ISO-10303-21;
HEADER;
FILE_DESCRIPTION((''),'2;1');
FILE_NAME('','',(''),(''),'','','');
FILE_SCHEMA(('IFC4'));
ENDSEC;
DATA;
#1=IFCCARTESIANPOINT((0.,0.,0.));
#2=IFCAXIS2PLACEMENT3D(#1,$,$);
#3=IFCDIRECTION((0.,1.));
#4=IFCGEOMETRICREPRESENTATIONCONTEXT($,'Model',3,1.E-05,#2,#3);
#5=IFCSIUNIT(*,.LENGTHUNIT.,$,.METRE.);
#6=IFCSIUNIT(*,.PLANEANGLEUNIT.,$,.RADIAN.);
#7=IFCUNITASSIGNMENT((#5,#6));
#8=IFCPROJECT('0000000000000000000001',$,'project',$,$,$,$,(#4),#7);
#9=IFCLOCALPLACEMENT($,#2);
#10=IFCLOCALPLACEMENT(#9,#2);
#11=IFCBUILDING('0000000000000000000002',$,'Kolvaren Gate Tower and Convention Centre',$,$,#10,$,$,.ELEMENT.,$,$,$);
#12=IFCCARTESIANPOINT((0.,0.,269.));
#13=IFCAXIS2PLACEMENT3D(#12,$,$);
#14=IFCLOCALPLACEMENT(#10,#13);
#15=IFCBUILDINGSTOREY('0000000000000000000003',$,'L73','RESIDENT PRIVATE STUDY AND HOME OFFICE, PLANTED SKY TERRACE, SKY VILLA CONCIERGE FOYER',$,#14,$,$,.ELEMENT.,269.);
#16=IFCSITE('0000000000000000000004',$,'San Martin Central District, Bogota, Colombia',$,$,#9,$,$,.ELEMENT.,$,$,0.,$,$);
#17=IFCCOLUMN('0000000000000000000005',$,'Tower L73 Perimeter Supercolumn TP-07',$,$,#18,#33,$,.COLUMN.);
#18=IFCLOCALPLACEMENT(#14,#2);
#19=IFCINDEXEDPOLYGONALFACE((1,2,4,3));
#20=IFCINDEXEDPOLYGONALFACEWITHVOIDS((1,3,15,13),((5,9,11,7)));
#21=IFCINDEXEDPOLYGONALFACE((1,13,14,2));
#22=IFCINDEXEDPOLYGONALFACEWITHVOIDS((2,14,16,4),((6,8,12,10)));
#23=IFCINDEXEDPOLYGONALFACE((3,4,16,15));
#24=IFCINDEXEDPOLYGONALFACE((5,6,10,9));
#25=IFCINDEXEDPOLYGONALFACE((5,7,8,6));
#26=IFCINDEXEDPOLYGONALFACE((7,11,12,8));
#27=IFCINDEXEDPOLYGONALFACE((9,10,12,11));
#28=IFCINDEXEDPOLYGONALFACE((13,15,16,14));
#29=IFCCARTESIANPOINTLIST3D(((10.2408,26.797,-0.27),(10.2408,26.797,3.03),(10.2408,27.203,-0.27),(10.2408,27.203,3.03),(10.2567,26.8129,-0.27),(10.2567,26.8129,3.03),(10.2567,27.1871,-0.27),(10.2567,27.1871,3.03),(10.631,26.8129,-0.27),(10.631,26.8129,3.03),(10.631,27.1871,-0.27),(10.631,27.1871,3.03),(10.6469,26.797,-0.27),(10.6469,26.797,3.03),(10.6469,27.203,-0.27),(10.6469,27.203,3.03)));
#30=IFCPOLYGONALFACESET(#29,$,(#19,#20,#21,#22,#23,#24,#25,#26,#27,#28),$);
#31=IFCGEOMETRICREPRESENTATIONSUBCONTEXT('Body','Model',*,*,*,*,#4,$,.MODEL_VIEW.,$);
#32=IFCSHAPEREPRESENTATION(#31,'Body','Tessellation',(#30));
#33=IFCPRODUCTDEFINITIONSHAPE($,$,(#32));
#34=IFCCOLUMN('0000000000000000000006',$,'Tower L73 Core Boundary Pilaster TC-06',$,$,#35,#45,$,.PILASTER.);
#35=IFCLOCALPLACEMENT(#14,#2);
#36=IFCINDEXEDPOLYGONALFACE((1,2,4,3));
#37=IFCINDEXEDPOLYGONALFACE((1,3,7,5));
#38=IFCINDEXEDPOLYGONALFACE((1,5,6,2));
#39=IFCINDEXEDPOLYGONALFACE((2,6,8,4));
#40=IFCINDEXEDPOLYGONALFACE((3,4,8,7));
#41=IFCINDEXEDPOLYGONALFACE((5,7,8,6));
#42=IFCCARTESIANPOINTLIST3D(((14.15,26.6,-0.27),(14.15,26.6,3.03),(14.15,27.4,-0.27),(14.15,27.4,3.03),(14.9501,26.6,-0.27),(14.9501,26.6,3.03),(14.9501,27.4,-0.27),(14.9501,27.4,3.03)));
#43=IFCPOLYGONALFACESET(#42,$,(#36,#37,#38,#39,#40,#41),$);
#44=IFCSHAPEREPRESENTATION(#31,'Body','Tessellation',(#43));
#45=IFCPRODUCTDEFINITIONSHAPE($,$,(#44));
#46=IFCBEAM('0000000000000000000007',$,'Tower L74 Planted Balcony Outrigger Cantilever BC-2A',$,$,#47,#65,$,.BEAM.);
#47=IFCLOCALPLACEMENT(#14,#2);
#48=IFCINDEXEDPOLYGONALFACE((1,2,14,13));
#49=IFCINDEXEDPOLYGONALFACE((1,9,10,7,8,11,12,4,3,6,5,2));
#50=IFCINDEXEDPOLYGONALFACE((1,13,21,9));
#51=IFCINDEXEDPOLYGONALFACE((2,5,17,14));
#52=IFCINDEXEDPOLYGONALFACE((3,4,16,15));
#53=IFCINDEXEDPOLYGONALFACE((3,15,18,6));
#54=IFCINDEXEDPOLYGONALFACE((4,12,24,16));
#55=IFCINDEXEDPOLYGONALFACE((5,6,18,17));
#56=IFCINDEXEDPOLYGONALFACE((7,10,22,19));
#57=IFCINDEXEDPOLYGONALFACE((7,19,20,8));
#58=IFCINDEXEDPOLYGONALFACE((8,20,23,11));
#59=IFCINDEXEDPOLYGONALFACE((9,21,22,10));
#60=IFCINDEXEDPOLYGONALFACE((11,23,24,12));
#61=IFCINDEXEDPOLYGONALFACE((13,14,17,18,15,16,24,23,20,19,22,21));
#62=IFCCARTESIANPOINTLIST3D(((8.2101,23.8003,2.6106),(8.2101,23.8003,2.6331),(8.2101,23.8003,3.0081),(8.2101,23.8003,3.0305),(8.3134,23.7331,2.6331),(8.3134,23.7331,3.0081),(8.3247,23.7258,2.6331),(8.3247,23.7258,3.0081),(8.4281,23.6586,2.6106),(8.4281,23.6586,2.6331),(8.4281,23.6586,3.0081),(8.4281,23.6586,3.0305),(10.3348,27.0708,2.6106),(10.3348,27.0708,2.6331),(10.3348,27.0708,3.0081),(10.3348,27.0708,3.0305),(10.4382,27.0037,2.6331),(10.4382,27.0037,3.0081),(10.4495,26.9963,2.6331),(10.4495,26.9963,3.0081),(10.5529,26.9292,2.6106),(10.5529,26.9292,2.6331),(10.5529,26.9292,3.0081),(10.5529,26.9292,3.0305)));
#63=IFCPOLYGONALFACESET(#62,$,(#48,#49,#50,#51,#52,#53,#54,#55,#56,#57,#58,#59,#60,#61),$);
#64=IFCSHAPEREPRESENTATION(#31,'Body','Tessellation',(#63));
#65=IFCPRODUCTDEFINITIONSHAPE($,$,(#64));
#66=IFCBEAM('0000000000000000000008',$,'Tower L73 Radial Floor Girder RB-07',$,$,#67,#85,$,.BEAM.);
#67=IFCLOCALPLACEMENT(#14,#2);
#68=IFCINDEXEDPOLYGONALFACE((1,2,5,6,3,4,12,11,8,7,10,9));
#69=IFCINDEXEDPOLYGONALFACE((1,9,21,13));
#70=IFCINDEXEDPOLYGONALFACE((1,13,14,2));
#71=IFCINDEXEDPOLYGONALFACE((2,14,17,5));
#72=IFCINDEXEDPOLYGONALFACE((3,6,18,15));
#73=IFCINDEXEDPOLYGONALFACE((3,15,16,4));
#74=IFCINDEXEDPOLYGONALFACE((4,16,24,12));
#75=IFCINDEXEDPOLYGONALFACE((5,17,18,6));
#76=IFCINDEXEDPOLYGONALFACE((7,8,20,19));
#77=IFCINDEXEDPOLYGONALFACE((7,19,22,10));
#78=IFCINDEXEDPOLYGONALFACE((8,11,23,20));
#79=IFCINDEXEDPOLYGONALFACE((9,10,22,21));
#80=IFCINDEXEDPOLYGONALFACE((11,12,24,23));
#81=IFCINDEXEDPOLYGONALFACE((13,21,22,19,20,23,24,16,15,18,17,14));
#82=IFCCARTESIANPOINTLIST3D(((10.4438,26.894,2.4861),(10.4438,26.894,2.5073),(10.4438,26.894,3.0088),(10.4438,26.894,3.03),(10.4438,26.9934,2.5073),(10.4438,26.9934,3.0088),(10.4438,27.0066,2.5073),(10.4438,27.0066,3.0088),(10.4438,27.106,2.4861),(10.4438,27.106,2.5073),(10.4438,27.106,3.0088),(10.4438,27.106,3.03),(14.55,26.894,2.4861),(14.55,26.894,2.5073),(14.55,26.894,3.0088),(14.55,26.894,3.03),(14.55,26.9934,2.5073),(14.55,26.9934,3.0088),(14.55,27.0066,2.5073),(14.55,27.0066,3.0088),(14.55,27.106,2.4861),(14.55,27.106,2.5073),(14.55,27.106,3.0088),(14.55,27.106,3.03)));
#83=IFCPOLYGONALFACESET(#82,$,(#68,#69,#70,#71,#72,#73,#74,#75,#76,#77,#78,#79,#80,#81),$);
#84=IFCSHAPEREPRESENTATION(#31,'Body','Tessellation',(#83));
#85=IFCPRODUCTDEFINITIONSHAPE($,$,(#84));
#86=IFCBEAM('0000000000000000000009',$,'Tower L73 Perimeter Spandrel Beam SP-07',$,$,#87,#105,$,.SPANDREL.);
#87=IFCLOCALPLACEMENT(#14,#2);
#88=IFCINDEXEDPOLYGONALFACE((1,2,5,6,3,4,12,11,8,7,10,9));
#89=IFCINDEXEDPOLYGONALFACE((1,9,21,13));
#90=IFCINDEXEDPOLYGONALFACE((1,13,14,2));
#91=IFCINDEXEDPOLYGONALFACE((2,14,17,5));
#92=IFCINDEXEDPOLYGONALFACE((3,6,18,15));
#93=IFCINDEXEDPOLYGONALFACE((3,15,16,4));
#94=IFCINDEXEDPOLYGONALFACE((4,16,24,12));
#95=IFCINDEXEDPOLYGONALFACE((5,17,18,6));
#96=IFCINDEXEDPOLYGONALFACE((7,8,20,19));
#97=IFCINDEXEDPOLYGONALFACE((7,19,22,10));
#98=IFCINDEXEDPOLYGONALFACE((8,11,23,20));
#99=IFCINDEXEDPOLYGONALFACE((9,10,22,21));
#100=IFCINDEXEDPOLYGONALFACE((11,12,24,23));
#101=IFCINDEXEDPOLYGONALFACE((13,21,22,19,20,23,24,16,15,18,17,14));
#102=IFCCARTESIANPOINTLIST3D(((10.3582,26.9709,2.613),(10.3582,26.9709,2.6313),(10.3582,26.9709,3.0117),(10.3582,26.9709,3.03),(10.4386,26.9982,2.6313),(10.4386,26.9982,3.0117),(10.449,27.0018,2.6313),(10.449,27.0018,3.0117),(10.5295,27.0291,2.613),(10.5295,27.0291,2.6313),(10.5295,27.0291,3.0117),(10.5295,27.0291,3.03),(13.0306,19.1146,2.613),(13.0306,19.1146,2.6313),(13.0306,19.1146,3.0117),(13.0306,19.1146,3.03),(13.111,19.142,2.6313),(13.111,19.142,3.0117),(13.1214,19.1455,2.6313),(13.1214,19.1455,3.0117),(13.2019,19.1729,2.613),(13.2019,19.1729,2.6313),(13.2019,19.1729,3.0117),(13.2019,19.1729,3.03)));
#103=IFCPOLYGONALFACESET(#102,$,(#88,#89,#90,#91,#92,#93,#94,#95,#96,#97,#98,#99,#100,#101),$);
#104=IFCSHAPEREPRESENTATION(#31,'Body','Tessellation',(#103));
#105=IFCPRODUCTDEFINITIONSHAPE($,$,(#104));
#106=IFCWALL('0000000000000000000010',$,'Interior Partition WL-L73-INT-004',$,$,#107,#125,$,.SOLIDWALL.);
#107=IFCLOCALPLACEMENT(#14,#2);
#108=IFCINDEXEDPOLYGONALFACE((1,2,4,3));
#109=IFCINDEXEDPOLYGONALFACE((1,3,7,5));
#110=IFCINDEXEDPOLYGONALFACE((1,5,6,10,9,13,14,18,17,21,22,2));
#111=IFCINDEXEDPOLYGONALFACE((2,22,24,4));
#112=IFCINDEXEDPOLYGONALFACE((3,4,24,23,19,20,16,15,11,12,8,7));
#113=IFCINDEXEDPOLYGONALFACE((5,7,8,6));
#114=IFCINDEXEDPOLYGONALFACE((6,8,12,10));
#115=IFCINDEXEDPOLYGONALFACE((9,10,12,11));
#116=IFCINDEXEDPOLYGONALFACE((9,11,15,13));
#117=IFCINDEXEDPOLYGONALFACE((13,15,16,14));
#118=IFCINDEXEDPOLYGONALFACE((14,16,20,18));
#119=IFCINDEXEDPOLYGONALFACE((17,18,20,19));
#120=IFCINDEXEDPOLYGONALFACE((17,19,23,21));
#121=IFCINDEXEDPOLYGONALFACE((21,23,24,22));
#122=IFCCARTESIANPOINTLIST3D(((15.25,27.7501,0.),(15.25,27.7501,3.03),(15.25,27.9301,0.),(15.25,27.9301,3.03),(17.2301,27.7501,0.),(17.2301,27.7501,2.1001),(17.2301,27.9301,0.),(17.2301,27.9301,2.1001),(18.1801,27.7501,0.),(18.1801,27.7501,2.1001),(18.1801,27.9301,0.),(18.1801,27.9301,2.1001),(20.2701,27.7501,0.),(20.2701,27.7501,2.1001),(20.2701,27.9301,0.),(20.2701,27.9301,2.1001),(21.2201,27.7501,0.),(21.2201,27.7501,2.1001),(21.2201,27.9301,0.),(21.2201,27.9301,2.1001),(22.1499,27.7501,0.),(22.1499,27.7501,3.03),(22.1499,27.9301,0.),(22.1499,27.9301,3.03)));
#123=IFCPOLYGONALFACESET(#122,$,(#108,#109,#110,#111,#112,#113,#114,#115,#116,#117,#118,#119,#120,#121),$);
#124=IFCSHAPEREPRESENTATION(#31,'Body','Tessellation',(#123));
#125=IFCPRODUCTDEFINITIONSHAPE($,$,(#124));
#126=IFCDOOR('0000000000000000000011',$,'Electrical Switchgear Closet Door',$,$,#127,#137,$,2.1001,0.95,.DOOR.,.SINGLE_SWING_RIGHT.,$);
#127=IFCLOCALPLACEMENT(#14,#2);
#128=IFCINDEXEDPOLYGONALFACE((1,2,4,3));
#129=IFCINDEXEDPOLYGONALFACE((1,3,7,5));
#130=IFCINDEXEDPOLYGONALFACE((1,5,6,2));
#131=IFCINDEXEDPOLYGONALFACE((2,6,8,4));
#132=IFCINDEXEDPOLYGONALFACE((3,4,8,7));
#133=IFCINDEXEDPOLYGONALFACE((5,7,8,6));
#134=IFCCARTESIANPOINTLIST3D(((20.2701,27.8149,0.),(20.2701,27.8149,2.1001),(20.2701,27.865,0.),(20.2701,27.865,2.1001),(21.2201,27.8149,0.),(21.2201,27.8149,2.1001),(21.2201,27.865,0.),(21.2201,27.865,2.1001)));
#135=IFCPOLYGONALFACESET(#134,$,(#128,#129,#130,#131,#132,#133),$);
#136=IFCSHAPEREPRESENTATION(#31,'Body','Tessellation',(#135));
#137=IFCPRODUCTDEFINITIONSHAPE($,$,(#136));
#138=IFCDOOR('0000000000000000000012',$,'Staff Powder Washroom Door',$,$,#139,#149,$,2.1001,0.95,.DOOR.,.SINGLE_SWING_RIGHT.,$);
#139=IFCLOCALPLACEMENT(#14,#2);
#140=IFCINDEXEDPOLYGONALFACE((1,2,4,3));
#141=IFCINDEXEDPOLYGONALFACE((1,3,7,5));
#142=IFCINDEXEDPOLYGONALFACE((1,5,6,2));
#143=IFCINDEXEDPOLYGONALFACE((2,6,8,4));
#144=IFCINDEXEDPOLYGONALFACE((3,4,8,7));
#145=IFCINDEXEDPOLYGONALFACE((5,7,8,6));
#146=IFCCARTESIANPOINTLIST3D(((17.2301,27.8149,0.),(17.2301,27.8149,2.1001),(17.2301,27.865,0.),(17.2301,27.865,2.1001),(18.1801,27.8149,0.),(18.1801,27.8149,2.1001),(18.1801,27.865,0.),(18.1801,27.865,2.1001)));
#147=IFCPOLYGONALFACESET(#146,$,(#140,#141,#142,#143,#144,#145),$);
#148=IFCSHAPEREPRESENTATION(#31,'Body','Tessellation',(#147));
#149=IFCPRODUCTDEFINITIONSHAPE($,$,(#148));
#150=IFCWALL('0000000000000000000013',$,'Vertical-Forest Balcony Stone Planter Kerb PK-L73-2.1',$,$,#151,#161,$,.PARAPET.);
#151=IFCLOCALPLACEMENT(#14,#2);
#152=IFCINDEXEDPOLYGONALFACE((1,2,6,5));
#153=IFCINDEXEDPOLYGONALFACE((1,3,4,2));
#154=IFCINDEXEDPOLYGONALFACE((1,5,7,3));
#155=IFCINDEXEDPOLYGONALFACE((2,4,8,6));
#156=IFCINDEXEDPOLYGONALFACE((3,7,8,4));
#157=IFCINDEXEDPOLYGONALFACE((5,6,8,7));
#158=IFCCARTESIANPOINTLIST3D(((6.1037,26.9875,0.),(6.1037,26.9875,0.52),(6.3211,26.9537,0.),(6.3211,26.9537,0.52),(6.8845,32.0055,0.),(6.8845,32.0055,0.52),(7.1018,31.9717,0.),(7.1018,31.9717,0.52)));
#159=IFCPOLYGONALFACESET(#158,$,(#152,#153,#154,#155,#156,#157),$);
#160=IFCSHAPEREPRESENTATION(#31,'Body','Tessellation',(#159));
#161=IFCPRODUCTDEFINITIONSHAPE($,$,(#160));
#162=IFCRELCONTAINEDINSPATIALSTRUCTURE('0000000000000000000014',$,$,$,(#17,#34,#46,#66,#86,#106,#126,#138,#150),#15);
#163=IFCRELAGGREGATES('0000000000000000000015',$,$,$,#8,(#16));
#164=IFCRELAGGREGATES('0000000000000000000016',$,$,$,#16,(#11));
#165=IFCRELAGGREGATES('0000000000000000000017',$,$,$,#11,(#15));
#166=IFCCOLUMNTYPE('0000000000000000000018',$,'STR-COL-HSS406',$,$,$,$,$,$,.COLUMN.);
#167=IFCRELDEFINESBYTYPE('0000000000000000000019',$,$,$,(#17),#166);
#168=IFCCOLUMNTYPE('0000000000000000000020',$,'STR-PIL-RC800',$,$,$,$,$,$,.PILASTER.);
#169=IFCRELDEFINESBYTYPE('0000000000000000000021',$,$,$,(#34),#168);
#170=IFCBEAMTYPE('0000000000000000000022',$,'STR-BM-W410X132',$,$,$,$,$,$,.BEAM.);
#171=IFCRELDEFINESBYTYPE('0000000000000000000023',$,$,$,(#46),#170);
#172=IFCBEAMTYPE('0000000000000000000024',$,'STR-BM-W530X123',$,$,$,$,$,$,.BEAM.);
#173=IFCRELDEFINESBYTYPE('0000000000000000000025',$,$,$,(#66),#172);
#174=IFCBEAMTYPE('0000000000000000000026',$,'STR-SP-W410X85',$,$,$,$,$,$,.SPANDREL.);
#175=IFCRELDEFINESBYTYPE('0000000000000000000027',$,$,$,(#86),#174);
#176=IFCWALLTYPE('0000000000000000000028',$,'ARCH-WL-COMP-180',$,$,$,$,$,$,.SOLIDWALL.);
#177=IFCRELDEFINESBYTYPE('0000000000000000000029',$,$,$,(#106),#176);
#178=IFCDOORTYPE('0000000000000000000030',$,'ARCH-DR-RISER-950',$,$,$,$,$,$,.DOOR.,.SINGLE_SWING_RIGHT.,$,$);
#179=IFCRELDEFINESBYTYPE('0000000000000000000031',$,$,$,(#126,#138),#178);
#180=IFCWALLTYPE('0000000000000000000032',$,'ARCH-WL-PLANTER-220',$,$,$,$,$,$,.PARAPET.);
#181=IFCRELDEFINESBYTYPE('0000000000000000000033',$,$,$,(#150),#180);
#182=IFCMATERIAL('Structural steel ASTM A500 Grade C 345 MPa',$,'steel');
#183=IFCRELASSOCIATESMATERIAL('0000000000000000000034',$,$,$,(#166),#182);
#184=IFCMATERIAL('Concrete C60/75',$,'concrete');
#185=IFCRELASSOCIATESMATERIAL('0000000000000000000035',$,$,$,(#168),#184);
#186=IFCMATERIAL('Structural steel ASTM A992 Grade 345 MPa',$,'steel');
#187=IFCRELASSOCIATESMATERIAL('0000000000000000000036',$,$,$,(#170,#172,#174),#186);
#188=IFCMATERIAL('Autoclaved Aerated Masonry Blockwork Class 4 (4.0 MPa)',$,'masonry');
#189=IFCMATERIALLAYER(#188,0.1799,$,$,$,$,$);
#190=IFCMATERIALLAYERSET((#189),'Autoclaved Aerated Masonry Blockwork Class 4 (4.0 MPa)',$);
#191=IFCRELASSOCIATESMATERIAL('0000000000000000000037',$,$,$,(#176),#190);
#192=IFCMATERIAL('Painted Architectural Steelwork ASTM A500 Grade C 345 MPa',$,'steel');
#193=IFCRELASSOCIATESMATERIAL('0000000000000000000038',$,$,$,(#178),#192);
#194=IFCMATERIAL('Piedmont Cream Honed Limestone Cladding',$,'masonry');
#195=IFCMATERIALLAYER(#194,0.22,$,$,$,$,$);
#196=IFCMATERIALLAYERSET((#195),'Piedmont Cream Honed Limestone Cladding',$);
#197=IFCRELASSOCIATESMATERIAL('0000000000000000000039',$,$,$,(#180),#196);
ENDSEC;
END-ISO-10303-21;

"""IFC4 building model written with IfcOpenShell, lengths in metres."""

from ifc_helpers import new_model, si_unit, direction, frame, frame_2d, origin, origin_2d, place, context, subcontext, project, spatial, rectangle, hollow_rectangle, i_section, extrude, material, layer, layer_set, material_profile, profile_set, type_object, element, fill, save


model = new_model("IFC4")

# Units and contexts
model_context = context("Model", 3, precision=1e-05, world=origin(), true_north=direction((0.0, 1.0)))
body_context = subcontext(model_context, "Body", "Model", "MODEL_VIEW")
ifc_project = project(units=[si_unit("LENGTHUNIT", "METRE"), si_unit("PLANEANGLEUNIT", "RADIAN")], contexts=[model_context])

# Site, building, storey
site_placement = place(None, origin())
site = spatial("IfcSite", under=ifc_project, at=site_placement, Name="San Martin Central District, Bogota, Colombia", CompositionType="ELEMENT", RefElevation=0.0)
building_placement = place(site_placement, origin())
building = spatial("IfcBuilding", under=site, at=building_placement, Name="Kolvaren Gate Tower and Convention Centre", CompositionType="ELEMENT")
storey_placement = place(building_placement, frame((0.0, 0.0, 269.0)))
storey = spatial("IfcBuildingStorey", under=building, at=storey_placement, Name="L73", Description="RESIDENT PRIVATE STUDY AND HOME OFFICE, PLANTED SKY TERRACE, SKY VILLA CONCIERGE FOYER", CompositionType="ELEMENT", Elevation=269.0)

# Columns
ifc_material_1 = material(Name="Structural steel ASTM A500 Grade C 345 MPa", Category="steel")
ifc_material_profile_1 = material_profile(ifc_material_1, hollow_rectangle(XDim=0.406, YDim=0.406, WallThickness=0.0159, at=origin_2d()), Name="HSS406X406X15.9")
ifc_profile_set_1 = profile_set([ifc_material_profile_1], Name="Structural steel ASTM A500 Grade C 345 MPa")
column_type_1 = type_object("IfcColumnType", Name="STR-COL-HSS406", PredefinedType="COLUMN", material=ifc_profile_set_1)
column_1_placement = place(storey_placement, frame((10.4438, 27.0, -0.27), z_axis=(0.0, 0.0, 1.0), x_axis=(1.0, 0.0, 0.0)))
element("IfcColumn", 1, at=column_1_placement, inside=storey, type_object=column_type_1, Name="Tower L73 Perimeter Supercolumn TP-07", PredefinedType="COLUMN", context=body_context, shape_type="SweptSolid", body=[
    extrude(hollow_rectangle(XDim=0.406, YDim=0.406, WallThickness=0.0159, at=origin_2d()), origin(), (0.0, 0.0, 1.0), 3.3),
])
ifc_material_2 = material(Name="Concrete C60/75", Category="concrete")
ifc_material_profile_2 = material_profile(ifc_material_2, rectangle(XDim=0.8, YDim=0.8, at=origin_2d()), Name="RC-COL-800X800")
ifc_profile_set_2 = profile_set([ifc_material_profile_2], Name="Concrete C60/75")
column_type_2 = type_object("IfcColumnType", Name="STR-PIL-RC800", PredefinedType="PILASTER", material=ifc_profile_set_2)
column_2_placement = place(storey_placement, frame((14.55, 27.0, -0.27), z_axis=(0.0, 0.0, 1.0), x_axis=(1.0, 0.0, 0.0)))
element("IfcColumn", 2, at=column_2_placement, inside=storey, type_object=column_type_2, Name="Tower L73 Core Boundary Pilaster TC-06", PredefinedType="PILASTER", context=body_context, shape_type="SweptSolid", body=[
    extrude(rectangle(XDim=0.8, YDim=0.8, at=origin_2d()), origin(), (0.0, 0.0, 1.0), 3.3),
])

# Beams
ifc_material_3 = material(Name="Structural steel ASTM A992 Grade 345 MPa", Category="steel")
ifc_material_profile_3 = material_profile(ifc_material_3, i_section(OverallWidth=0.26, OverallDepth=0.4199, WebThickness=0.0134, FlangeThickness=0.0225, at=origin_2d()), Name="W410X132")
ifc_profile_set_3 = profile_set([ifc_material_profile_3], Name="Structural steel ASTM A992 Grade 345 MPa")
beam_type_1 = type_object("IfcBeamType", Name="STR-BM-W410X132", PredefinedType="BEAM", material=ifc_profile_set_3)
beam_1_placement = place(storey_placement, frame((10.4438, 27.0, 2.8206), z_axis=(-0.544795, -0.838569, 0.0), x_axis=(0.838569, -0.544795, 0.0)))
element("IfcBeam", 3, at=beam_1_placement, inside=storey, type_object=beam_type_1, Name="Tower L74 Planted Balcony Outrigger Cantilever BC-2A", PredefinedType="BEAM", context=body_context, shape_type="SweptSolid", body=[
    extrude(i_section(OverallWidth=0.26, OverallDepth=0.4199, WebThickness=0.0134, FlangeThickness=0.0225, at=origin_2d()), origin(), (0.0, 0.0, 1.0), 3.9001),
])
ifc_material_profile_4 = material_profile(ifc_material_3, i_section(OverallWidth=0.2119, OverallDepth=0.5439, WebThickness=0.0132, FlangeThickness=0.0212, at=origin_2d()), Name="W530X123")
ifc_profile_set_4 = profile_set([ifc_material_profile_4], Name="Structural steel ASTM A992 Grade 345 MPa")
beam_type_2 = type_object("IfcBeamType", Name="STR-BM-W530X123", PredefinedType="BEAM", material=ifc_profile_set_4)
beam_2_placement = place(storey_placement, frame((14.55, 27.0, 2.7581), z_axis=(-1.0, 0.0, 0.0), x_axis=(0.0, -1.0, 0.0)))
element("IfcBeam", 4, at=beam_2_placement, inside=storey, type_object=beam_type_2, Name="Tower L73 Radial Floor Girder RB-07", PredefinedType="BEAM", context=body_context, shape_type="SweptSolid", body=[
    extrude(i_section(OverallWidth=0.2119, OverallDepth=0.5439, WebThickness=0.0132, FlangeThickness=0.0212, at=origin_2d()), origin(), (0.0, 0.0, 1.0), 4.1062),
])
ifc_material_profile_5 = material_profile(ifc_material_3, i_section(OverallWidth=0.1809, OverallDepth=0.417, WebThickness=0.011, FlangeThickness=0.0183, at=origin_2d()), Name="W410X85")
ifc_profile_set_5 = profile_set([ifc_material_profile_5], Name="Structural steel ASTM A992 Grade 345 MPa")
beam_type_3 = type_object("IfcBeamType", Name="STR-SP-W410X85", PredefinedType="SPANDREL", material=ifc_profile_set_5)
beam_3_placement = place(storey_placement, frame((10.4438, 27.0, 2.8215), z_axis=(0.322038, -0.946727, 0.0), x_axis=(0.946727, 0.322038, 0.0)))
element("IfcBeam", 5, at=beam_3_placement, inside=storey, type_object=beam_type_3, Name="Tower L73 Perimeter Spandrel Beam SP-07", PredefinedType="SPANDREL", context=body_context, shape_type="SweptSolid", body=[
    extrude(i_section(OverallWidth=0.1809, OverallDepth=0.417, WebThickness=0.011, FlangeThickness=0.0183, at=origin_2d()), origin(), (0.0, 0.0, 1.0), 8.2983),
])

# Wall, openings, doors
ifc_material_4 = material(Name="Autoclaved Aerated Masonry Blockwork Class 4 (4.0 MPa)", Category="masonry")
ifc_layer_1 = layer(ifc_material_4, 0.1799)
ifc_layer_set_1 = layer_set([ifc_layer_1], Name="Autoclaved Aerated Masonry Blockwork Class 4 (4.0 MPa)")
wall_type_1 = type_object("IfcWallType", Name="ARCH-WL-COMP-180", PredefinedType="SOLIDWALL", material=ifc_layer_set_1)
wall_1_placement = place(storey_placement, frame((15.25, 27.8401, 0.0), z_axis=(0.0, 0.0, 1.0), x_axis=(1.0, 0.0, 0.0)))
wall_1 = element("IfcWall", 6, at=wall_1_placement, inside=storey, type_object=wall_type_1, Name="Interior Partition WL-L73-INT-004", PredefinedType="SOLIDWALL", context=body_context, shape_type="SweptSolid", body=[
    extrude(rectangle(XDim=6.8999, YDim=0.1799, at=frame_2d((3.45, 0.0))), origin(), (0.0, 0.0, 1.0), 3.03),
])
opening_1_placement = place(wall_1_placement, frame((5.02, 0.0, 0.0)))
opening_1 = element("IfcOpeningElement", 7, at=opening_1_placement, cuts=wall_1, PredefinedType="OPENING", context=body_context, shape_type="SweptSolid", body=[
    extrude(rectangle(XDim=0.95, YDim=2.1001, at=frame_2d((0.4751, 1.05))), frame((0.0, 0.0999, 0.0), z_axis=(0.0, -1.0, 0.0), x_axis=(1.0, 0.0, 0.0)), (0.0, 0.0, 1.0), 0.2),
])
opening_2_placement = place(wall_1_placement, frame((1.98, 0.0, 0.0)))
opening_2 = element("IfcOpeningElement", 8, at=opening_2_placement, cuts=wall_1, PredefinedType="OPENING", context=body_context, shape_type="SweptSolid", body=[
    extrude(rectangle(XDim=0.95, YDim=2.1001, at=frame_2d((0.4751, 1.05))), frame((0.0, 0.0999, 0.0), z_axis=(0.0, -1.0, 0.0), x_axis=(1.0, 0.0, 0.0)), (0.0, 0.0, 1.0), 0.2),
])
ifc_material_5 = material(Name="Painted Architectural Steelwork ASTM A500 Grade C 345 MPa", Category="steel")
door_type_1 = type_object("IfcDoorType", Name="ARCH-DR-RISER-950", OperationType="SINGLE_SWING_RIGHT", PredefinedType="DOOR", material=ifc_material_5)
door_1_placement = place(opening_1_placement, origin())
door_1 = element("IfcDoor", 9, at=door_1_placement, inside=storey, type_object=door_type_1, Name="Electrical Switchgear Closet Door", OperationType="SINGLE_SWING_RIGHT", OverallHeight=2.1001, OverallWidth=0.95, PredefinedType="DOOR", context=body_context, shape_type="SweptSolid", body=[
    extrude(rectangle(XDim=0.95, YDim=2.1001, at=frame_2d((0.4751, 1.05))), frame((0.0, 0.0249, 0.0), z_axis=(0.0, -1.0, 0.0), x_axis=(1.0, 0.0, 0.0)), (0.0, 0.0, 1.0), 0.05),
])
fill(opening_1, door_1)
door_2_placement = place(opening_2_placement, origin())
door_2 = element("IfcDoor", 10, at=door_2_placement, inside=storey, type_object=door_type_1, Name="Staff Powder Washroom Door", OperationType="SINGLE_SWING_RIGHT", OverallHeight=2.1001, OverallWidth=0.95, PredefinedType="DOOR", context=body_context, shape_type="SweptSolid", body=[
    extrude(rectangle(XDim=0.95, YDim=2.1001, at=frame_2d((0.4751, 1.05))), frame((0.0, 0.0249, 0.0), z_axis=(0.0, -1.0, 0.0), x_axis=(1.0, 0.0, 0.0)), (0.0, 0.0, 1.0), 0.05),
])
fill(opening_2, door_2)

# Wall
ifc_material_6 = material(Name="Piedmont Cream Honed Limestone Cladding", Category="masonry")
ifc_layer_2 = layer(ifc_material_6, 0.22)
ifc_layer_set_2 = layer_set([ifc_layer_2], Name="Piedmont Cream Honed Limestone Cladding")
wall_type_2 = type_object("IfcWallType", Name="ARCH-WL-PLANTER-220", PredefinedType="PARAPET", material=ifc_layer_set_2)
for number, where, z_axis, x_axis, name in (
    (11, (6.2124, 26.9707, 0.0), (0.0, 0.0, 1.0), (0.15374, 0.988111, 0.0), "Vertical-Forest Balcony Stone Planter Kerb PK-L73-2.1"),
):
    element("IfcWall", number, at=place(storey_placement, frame(where, z_axis=z_axis, x_axis=x_axis)), inside=storey, type_object=wall_type_2, Name=name, PredefinedType="PARAPET", context=body_context, shape_type="SweptSolid", body=[
        extrude(rectangle(XDim=5.0784, YDim=0.22, at=frame_2d((2.5391, 0.0))), origin(), (0.0, 0.0, 1.0), 0.52),
    ])

save(model, "model.ifc")
